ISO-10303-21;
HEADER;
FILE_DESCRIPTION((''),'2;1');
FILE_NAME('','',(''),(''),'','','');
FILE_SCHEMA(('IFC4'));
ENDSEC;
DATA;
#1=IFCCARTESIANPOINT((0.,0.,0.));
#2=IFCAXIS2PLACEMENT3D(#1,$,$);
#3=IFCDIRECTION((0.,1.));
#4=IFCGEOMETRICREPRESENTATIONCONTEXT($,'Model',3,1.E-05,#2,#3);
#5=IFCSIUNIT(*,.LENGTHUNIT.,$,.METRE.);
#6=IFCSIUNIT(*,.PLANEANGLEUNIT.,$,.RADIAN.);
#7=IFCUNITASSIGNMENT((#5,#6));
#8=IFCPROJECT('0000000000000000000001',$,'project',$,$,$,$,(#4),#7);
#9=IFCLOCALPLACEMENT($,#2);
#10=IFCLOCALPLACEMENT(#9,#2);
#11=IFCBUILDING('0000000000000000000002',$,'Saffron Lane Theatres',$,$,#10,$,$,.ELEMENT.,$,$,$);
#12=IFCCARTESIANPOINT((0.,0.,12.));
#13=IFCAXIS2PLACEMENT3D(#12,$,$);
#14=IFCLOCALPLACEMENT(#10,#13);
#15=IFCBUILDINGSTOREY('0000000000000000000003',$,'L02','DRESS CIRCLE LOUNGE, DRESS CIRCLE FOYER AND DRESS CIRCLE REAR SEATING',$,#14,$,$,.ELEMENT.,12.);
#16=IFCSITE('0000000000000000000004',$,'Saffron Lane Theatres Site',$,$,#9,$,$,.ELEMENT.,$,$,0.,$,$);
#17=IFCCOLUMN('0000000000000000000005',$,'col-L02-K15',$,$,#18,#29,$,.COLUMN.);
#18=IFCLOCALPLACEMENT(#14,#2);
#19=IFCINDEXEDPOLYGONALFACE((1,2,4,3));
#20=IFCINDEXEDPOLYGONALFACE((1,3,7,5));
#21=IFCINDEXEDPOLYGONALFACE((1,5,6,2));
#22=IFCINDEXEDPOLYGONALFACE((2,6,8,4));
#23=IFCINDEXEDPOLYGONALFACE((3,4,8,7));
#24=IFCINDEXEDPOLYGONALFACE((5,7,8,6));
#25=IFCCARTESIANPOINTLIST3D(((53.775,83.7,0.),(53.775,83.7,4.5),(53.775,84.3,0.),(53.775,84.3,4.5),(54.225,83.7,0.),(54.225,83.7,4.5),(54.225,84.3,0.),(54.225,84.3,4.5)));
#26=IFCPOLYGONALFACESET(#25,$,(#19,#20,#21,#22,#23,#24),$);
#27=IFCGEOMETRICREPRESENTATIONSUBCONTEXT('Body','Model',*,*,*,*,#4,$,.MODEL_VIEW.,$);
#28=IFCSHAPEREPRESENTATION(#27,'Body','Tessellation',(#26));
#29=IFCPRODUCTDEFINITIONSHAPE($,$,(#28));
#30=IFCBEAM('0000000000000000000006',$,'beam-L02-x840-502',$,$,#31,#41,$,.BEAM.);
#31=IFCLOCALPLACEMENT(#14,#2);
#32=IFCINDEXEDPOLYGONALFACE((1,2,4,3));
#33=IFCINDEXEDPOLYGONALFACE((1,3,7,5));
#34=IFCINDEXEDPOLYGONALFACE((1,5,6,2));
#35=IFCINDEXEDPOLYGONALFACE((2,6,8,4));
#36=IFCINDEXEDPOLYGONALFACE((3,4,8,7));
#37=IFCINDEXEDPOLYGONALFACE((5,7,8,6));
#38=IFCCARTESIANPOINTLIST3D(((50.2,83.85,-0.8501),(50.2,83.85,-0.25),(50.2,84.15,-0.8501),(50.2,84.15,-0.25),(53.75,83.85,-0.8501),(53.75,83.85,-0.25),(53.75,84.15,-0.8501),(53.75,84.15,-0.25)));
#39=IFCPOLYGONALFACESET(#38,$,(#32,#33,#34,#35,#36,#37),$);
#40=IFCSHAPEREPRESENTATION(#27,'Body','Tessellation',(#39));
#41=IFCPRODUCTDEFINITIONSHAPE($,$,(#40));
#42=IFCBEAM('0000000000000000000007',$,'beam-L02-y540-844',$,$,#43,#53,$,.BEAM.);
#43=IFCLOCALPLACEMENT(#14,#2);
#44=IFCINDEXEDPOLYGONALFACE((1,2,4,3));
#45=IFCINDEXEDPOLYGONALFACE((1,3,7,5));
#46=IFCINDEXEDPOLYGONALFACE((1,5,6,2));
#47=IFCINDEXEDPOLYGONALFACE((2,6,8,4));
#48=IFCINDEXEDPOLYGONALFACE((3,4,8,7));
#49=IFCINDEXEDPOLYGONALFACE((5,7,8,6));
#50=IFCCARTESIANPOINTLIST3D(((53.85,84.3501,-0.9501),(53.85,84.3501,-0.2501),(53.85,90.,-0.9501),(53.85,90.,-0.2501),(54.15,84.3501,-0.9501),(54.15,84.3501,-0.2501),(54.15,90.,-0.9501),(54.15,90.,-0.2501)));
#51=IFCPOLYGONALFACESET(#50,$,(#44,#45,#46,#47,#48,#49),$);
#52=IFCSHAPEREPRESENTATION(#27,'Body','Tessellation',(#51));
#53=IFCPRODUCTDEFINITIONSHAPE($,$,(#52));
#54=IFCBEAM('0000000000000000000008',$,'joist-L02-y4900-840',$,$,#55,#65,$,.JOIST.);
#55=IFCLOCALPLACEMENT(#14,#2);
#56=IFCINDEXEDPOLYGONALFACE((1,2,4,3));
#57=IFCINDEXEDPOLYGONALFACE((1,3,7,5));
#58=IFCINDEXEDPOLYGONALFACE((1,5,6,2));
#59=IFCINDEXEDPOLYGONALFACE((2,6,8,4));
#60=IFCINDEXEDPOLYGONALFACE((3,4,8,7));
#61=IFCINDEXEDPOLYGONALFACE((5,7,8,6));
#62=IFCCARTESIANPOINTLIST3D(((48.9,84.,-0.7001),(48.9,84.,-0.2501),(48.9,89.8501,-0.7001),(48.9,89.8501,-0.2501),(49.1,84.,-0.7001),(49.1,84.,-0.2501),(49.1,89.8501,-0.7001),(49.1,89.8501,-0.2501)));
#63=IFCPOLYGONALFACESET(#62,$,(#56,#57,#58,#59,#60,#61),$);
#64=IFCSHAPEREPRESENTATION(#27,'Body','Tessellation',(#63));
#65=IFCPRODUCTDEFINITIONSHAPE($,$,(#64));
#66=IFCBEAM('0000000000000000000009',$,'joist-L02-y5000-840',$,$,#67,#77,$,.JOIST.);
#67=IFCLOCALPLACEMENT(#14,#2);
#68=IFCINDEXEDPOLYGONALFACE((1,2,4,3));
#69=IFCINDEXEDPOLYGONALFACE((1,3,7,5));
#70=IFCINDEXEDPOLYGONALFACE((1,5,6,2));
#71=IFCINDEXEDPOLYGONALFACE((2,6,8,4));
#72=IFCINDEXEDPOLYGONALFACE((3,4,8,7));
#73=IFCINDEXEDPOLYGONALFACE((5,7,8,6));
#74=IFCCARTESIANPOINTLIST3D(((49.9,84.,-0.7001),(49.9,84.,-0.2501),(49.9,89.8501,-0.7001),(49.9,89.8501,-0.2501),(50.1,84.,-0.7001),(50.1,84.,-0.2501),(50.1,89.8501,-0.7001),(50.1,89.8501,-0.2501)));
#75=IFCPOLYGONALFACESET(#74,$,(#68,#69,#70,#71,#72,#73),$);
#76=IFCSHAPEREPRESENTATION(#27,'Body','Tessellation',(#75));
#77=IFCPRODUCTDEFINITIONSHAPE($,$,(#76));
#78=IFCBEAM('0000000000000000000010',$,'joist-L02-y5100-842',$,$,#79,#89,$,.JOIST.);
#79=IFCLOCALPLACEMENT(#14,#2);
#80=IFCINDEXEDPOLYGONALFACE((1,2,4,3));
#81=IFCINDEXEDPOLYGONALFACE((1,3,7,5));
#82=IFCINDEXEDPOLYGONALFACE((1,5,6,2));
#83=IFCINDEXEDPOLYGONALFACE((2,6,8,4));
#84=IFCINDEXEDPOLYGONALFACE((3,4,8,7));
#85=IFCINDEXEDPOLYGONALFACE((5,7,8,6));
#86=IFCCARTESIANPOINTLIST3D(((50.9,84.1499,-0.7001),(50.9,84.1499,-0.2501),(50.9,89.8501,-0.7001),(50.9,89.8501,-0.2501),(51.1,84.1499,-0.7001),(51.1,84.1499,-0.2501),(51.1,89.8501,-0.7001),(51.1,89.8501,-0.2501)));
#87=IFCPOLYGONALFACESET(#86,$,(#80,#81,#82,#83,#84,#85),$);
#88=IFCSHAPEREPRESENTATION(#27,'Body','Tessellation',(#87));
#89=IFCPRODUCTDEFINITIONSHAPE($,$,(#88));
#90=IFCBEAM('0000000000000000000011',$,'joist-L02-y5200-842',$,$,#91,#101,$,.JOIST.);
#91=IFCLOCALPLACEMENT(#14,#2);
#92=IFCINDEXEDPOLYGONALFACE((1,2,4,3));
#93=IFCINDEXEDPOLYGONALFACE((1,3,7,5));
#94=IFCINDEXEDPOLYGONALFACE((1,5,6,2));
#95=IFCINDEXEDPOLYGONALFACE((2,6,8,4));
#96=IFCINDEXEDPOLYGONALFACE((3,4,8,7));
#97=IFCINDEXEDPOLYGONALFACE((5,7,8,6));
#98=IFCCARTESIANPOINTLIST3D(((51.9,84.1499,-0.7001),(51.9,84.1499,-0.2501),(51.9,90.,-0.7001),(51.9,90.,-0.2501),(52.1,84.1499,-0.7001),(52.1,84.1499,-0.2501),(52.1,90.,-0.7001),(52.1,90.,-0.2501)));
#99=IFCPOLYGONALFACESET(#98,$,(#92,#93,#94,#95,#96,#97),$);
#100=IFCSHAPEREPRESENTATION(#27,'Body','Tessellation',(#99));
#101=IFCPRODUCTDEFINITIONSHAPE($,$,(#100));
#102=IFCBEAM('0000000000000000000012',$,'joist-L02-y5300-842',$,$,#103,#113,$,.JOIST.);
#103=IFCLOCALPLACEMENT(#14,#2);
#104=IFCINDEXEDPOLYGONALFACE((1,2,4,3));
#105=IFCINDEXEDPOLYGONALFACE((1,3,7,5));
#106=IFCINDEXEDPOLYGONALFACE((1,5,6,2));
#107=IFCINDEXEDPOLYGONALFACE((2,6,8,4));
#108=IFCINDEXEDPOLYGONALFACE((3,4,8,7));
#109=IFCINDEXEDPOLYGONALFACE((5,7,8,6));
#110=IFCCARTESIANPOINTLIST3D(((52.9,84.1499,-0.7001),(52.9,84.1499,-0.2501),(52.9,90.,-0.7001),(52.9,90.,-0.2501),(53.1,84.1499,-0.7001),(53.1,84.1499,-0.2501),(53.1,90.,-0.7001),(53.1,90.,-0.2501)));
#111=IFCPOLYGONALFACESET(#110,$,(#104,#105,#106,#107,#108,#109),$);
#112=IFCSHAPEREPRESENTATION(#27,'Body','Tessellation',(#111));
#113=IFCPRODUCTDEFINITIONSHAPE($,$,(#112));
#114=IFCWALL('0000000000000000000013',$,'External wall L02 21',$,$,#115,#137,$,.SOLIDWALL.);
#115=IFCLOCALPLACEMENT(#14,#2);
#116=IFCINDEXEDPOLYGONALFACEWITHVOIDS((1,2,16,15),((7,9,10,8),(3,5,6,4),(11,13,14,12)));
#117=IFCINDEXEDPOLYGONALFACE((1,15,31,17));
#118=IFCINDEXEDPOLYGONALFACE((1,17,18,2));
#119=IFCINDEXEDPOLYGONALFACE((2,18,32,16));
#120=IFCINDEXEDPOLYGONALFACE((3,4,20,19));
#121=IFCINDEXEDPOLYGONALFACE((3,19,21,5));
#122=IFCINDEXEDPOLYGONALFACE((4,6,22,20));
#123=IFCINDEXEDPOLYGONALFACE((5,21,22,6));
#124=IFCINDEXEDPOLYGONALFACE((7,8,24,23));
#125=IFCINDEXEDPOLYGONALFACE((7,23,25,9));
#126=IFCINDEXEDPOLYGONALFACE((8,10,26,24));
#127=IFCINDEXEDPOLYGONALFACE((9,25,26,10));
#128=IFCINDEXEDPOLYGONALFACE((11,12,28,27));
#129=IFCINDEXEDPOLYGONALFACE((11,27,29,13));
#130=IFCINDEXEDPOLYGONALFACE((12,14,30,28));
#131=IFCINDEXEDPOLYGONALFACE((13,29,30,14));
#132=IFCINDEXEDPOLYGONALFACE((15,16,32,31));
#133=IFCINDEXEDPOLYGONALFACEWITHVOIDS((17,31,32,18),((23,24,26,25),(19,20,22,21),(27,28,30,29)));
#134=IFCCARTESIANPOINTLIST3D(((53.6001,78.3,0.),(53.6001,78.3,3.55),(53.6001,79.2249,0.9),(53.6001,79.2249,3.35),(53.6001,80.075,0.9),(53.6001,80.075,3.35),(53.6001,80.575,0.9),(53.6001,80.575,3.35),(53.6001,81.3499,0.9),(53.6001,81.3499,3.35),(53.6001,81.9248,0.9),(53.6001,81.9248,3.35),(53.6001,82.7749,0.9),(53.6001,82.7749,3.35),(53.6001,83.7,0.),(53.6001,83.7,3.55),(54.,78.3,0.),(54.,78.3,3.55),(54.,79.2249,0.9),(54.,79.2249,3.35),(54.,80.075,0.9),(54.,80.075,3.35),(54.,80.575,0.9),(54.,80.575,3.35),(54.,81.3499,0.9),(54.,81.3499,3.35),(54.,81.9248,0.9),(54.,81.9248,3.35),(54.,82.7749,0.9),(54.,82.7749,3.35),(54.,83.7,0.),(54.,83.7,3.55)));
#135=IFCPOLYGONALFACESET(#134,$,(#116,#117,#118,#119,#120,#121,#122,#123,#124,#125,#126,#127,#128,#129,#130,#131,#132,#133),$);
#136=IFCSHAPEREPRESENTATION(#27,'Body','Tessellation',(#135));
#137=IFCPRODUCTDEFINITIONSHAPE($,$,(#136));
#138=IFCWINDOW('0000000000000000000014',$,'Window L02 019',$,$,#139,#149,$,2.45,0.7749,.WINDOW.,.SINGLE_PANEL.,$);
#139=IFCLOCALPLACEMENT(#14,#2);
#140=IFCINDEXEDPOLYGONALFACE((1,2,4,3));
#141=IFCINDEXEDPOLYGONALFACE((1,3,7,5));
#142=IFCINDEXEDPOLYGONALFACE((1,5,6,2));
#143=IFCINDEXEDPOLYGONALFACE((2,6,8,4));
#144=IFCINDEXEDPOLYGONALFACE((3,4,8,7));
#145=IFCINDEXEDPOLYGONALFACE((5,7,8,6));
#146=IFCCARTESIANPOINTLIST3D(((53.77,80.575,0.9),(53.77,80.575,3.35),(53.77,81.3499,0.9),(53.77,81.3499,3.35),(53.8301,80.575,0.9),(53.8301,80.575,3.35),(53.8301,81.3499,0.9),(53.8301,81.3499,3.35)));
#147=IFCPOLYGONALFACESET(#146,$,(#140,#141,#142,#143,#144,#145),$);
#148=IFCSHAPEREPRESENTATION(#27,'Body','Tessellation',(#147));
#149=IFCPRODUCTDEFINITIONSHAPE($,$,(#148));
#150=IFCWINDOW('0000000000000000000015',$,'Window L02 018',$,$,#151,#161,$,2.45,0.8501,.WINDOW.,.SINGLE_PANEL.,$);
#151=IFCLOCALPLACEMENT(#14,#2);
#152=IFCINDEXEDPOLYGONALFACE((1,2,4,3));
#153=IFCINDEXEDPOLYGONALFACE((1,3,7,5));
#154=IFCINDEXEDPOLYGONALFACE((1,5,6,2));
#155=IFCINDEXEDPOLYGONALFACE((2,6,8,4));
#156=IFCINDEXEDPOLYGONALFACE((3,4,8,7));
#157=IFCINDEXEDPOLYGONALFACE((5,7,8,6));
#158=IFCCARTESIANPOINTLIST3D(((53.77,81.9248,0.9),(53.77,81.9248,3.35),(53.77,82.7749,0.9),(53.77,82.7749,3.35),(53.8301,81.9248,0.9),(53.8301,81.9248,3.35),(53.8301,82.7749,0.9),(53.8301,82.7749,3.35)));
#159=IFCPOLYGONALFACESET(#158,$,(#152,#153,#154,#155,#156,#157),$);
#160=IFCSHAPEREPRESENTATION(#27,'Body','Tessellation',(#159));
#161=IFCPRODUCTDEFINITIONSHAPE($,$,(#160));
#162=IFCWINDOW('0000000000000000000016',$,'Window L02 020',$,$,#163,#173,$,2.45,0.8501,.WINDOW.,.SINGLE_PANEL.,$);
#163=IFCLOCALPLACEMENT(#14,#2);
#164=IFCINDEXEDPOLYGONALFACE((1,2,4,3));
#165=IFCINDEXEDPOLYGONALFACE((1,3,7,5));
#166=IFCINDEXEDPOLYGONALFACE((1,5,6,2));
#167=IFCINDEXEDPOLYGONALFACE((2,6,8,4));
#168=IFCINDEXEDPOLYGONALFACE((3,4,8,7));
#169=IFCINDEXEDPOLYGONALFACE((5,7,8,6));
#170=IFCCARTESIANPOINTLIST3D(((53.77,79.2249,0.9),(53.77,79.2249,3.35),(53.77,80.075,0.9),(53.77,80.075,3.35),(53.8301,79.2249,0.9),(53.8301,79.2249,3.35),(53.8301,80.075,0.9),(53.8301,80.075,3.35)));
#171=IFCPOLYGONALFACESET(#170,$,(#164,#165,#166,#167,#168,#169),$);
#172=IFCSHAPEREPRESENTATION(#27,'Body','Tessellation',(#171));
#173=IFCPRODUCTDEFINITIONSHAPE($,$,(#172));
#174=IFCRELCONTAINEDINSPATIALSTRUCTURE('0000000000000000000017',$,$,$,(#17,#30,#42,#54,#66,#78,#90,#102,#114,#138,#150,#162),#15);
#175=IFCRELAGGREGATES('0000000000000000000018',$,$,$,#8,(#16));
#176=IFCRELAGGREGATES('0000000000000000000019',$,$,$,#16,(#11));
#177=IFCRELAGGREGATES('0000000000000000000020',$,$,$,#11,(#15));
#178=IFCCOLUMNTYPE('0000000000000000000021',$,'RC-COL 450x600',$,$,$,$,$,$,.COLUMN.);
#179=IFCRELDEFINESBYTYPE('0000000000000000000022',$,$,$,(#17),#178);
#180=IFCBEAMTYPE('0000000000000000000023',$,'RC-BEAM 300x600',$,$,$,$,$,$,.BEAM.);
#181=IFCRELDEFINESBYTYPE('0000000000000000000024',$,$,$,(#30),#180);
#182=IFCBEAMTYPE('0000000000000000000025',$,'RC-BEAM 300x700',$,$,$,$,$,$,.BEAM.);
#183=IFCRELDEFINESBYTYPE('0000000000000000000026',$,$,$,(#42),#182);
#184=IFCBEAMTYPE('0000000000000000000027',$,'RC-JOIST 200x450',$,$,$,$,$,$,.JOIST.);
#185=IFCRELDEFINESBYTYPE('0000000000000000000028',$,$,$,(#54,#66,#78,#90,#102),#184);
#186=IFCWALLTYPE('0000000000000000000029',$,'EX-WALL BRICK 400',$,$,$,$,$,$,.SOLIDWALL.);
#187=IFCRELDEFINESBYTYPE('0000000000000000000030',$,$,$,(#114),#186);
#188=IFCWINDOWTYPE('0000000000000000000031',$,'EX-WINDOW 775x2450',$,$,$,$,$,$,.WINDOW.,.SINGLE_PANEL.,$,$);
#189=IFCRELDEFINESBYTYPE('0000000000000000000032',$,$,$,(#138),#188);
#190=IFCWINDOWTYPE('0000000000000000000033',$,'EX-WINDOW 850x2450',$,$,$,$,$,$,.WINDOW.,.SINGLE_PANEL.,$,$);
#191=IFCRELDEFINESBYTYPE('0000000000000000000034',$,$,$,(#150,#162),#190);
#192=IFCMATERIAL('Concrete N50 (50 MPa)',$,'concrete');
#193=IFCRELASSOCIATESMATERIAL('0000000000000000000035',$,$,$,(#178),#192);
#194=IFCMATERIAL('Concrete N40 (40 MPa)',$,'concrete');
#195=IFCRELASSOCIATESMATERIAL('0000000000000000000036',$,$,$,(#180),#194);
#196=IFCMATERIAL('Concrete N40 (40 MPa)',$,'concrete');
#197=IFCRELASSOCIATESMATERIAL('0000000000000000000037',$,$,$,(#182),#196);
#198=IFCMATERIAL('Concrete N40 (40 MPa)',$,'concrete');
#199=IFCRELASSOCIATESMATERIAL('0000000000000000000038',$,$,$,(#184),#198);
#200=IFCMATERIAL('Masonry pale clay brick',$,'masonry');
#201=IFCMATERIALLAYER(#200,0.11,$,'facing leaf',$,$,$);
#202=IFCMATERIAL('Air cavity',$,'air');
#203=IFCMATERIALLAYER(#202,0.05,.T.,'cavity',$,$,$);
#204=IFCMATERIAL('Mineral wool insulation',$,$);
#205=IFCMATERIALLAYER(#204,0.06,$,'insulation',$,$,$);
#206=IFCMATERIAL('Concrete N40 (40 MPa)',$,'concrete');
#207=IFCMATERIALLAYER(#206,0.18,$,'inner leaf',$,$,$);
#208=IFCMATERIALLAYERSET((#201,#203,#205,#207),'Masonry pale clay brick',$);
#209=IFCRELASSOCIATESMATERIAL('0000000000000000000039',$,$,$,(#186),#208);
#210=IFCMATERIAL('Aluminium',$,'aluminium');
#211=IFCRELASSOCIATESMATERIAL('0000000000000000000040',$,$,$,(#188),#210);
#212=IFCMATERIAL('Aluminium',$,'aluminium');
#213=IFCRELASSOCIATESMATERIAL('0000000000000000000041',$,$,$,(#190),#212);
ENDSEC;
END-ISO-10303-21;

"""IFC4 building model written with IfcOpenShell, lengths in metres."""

from ifc_helpers import new_model, si_unit, direction, frame, frame_2d, origin, origin_2d, place, context, subcontext, project, spatial, rectangle, extrude, material, layer, layer_set, material_profile, profile_set, type_object, element, fill, save


model = new_model("IFC4")

# Units and contexts
model_context = context("Model", 3, precision=1e-05, world=origin(), true_north=direction((0.0, 1.0)))
body_context = subcontext(model_context, "Body", "Model", "MODEL_VIEW")
ifc_project = project(units=[si_unit("LENGTHUNIT", "METRE"), si_unit("PLANEANGLEUNIT", "RADIAN")], contexts=[model_context])

# Site, building, storey
site_placement = place(None, origin())
site = spatial("IfcSite", under=ifc_project, at=site_placement, Name="Saffron Lane Theatres Site", CompositionType="ELEMENT", RefElevation=0.0)
building_placement = place(site_placement, origin())
building = spatial("IfcBuilding", under=site, at=building_placement, Name="Saffron Lane Theatres", CompositionType="ELEMENT")
storey_placement = place(building_placement, frame((0.0, 0.0, 12.0)))
storey = spatial("IfcBuildingStorey", under=building, at=storey_placement, Name="L02", Description="DRESS CIRCLE LOUNGE, DRESS CIRCLE FOYER AND DRESS CIRCLE REAR SEATING", CompositionType="ELEMENT", Elevation=12.0)

# Column
ifc_material_1 = material(Name="Concrete N50 (50 MPa)", Category="concrete")
ifc_material_profile_1 = material_profile(ifc_material_1, rectangle(XDim=0.45, YDim=0.6001, at=origin_2d()))
ifc_profile_set_1 = profile_set([ifc_material_profile_1], Name="Concrete N50 (50 MPa)")
column_type = type_object("IfcColumnType", Name="RC-COL 450x600", PredefinedType="COLUMN", material=ifc_profile_set_1)
column_placement = place(storey_placement, frame((54.0, 84.0, 0.0), z_axis=(0.0, 0.0, 1.0), x_axis=(1.0, 0.0, 0.0)))
element("IfcColumn", 1, at=column_placement, inside=storey, type_object=column_type, Name="col-L02-K15", PredefinedType="COLUMN", context=body_context, shape_type="SweptSolid", body=[
    extrude(rectangle(XDim=0.45, YDim=0.6001, at=origin_2d()), origin(), (0.0, 0.0, 1.0), 4.5),
])

# Beams
ifc_material_2 = material(Name="Concrete N40 (40 MPa)", Category="concrete")
ifc_material_profile_2 = material_profile(ifc_material_2, rectangle(XDim=0.3, YDim=0.6001, at=origin_2d()))
ifc_profile_set_2 = profile_set([ifc_material_profile_2], Name="Concrete N40 (40 MPa)")
beam_type_1 = type_object("IfcBeamType", Name="RC-BEAM 300x600", PredefinedType="BEAM", material=ifc_profile_set_2)
beam_1_placement = place(storey_placement, frame((50.2, 84.0, -0.55), z_axis=(1.0, 0.0, 0.0), x_axis=(0.0, 1.0, 0.0)))
element("IfcBeam", 2, at=beam_1_placement, inside=storey, type_object=beam_type_1, Name="beam-L02-x840-502", PredefinedType="BEAM", context=body_context, shape_type="SweptSolid", body=[
    extrude(rectangle(XDim=0.3, YDim=0.6001, at=origin_2d()), origin(), (0.0, 0.0, 1.0), 3.55),
])
ifc_material_3 = material(Name="Concrete N40 (40 MPa)", Category="concrete")
ifc_material_profile_3 = material_profile(ifc_material_3, rectangle(XDim=0.3, YDim=0.7, at=origin_2d()))
ifc_profile_set_3 = profile_set([ifc_material_profile_3], Name="Concrete N40 (40 MPa)")
beam_type_2 = type_object("IfcBeamType", Name="RC-BEAM 300x700", PredefinedType="BEAM", material=ifc_profile_set_3)
beam_2_placement = place(storey_placement, frame((54.0, 84.3501, -0.6001), z_axis=(0.0, 1.0, 0.0), x_axis=(-1.0, 0.0, 0.0)))
element("IfcBeam", 3, at=beam_2_placement, inside=storey, type_object=beam_type_2, Name="beam-L02-y540-844", PredefinedType="BEAM", context=body_context, shape_type="SweptSolid", body=[
    extrude(rectangle(XDim=0.3, YDim=0.7, at=origin_2d()), origin(), (0.0, 0.0, 1.0), 5.6499),
])
ifc_material_4 = material(Name="Concrete N40 (40 MPa)", Category="concrete")
ifc_material_profile_4 = material_profile(ifc_material_4, rectangle(XDim=0.2, YDim=0.45, at=origin_2d()))
ifc_profile_set_4 = profile_set([ifc_material_profile_4], Name="Concrete N40 (40 MPa)")
beam_type_3 = type_object("IfcBeamType", Name="RC-JOIST 200x450", PredefinedType="JOIST", material=ifc_profile_set_4)
for number, where, z_axis, x_axis, name in (
    (4, (49.0, 84.0, -0.4751), (0.0, 1.0, 0.0), (-1.0, 0.0, 0.0), "joist-L02-y4900-840"),
    (5, (50.0, 84.0, -0.4751), (0.0, 1.0, 0.0), (-1.0, 0.0, 0.0), "joist-L02-y5000-840"),
):
    element("IfcBeam", number, at=place(storey_placement, frame(where, z_axis=z_axis, x_axis=x_axis)), inside=storey, type_object=beam_type_3, Name=name, PredefinedType="JOIST", context=body_context, shape_type="SweptSolid", body=[
        extrude(rectangle(XDim=0.2, YDim=0.45, at=origin_2d()), origin(), (0.0, 0.0, 1.0), 5.8501),
    ])
beam_3_placement = place(storey_placement, frame((51.0, 84.1499, -0.4751), z_axis=(0.0, 1.0, 0.0), x_axis=(-1.0, 0.0, 0.0)))
element("IfcBeam", 6, at=beam_3_placement, inside=storey, type_object=beam_type_3, Name="joist-L02-y5100-842", PredefinedType="JOIST", context=body_context, shape_type="SweptSolid", body=[
    extrude(rectangle(XDim=0.2, YDim=0.45, at=origin_2d()), origin(), (0.0, 0.0, 1.0), 5.7002),
])
for number, where, z_axis, x_axis, name in (
    (7, (52.0, 84.1499, -0.4751), (0.0, 1.0, 0.0), (-1.0, 0.0, 0.0), "joist-L02-y5200-842"),
    (8, (53.0, 84.1499, -0.4751), (0.0, 1.0, 0.0), (-1.0, 0.0, 0.0), "joist-L02-y5300-842"),
):
    element("IfcBeam", number, at=place(storey_placement, frame(where, z_axis=z_axis, x_axis=x_axis)), inside=storey, type_object=beam_type_3, Name=name, PredefinedType="JOIST", context=body_context, shape_type="SweptSolid", body=[
        extrude(rectangle(XDim=0.2, YDim=0.45, at=origin_2d()), origin(), (0.0, 0.0, 1.0), 5.8501),
    ])

# Wall, openings, windows
ifc_material_5 = material(Name="Masonry pale clay brick", Category="masonry")
ifc_layer_1 = layer(ifc_material_5, 0.11, Name="facing leaf")
ifc_material_6 = material(Name="Air cavity", Category="air")
ifc_layer_2 = layer(ifc_material_6, 0.05, ventilated=True, Name="cavity")
ifc_material_7 = material(Name="Mineral wool insulation")
ifc_layer_3 = layer(ifc_material_7, 0.06, Name="insulation")
ifc_material_8 = material(Name="Concrete N40 (40 MPa)", Category="concrete")
ifc_layer_4 = layer(ifc_material_8, 0.18, Name="inner leaf")
ifc_layer_set_1 = layer_set([ifc_layer_1, ifc_layer_2, ifc_layer_3, ifc_layer_4], Name="Masonry pale clay brick")
wall_type_1 = type_object("IfcWallType", Name="EX-WALL BRICK 400", PredefinedType="SOLIDWALL", material=ifc_layer_set_1)
wall_1_placement = place(storey_placement, frame((53.8, 83.7, 0.0), z_axis=(0.0, 0.0, 1.0), x_axis=(0.0, -1.0, 0.0)))
wall_1 = element("IfcWall", 9, at=wall_1_placement, inside=storey, type_object=wall_type_1, Name="External wall L02 21", PredefinedType="SOLIDWALL", context=body_context, shape_type="SweptSolid", body=[
    extrude(rectangle(XDim=5.3999, YDim=0.3999, at=frame_2d((2.7, 0.0))), origin(), (0.0, 0.0, 1.0), 3.55),
])
opening_1_placement = place(wall_1_placement, frame((0.925, 0.0, 0.8999)))
opening_1 = element("IfcOpeningElement", 10, at=opening_1_placement, cuts=wall_1, PredefinedType="OPENING", context=body_context, shape_type="SweptSolid", body=[
    extrude(rectangle(XDim=0.8501, YDim=2.45, at=frame_2d((0.425, 1.2251))), frame((0.0, 0.21, 0.0), z_axis=(0.0, -1.0, 0.0), x_axis=(1.0, 0.0, 0.0)), (0.0, 0.0, 1.0), 0.4199),
])
opening_2_placement = place(wall_1_placement, frame((2.3501, 0.0, 0.8999)))
opening_2 = element("IfcOpeningElement", 11, at=opening_2_placement, cuts=wall_1, PredefinedType="OPENING", context=body_context, shape_type="SweptSolid", body=[
    extrude(rectangle(XDim=0.7749, YDim=2.45, at=frame_2d((0.3875, 1.2251))), frame((0.0, 0.21, 0.0), z_axis=(0.0, -1.0, 0.0), x_axis=(1.0, 0.0, 0.0)), (0.0, 0.0, 1.0), 0.4199),
])
opening_3_placement = place(wall_1_placement, frame((3.625, 0.0, 0.8999)))
opening_3 = element("IfcOpeningElement", 12, at=opening_3_placement, cuts=wall_1, PredefinedType="OPENING", context=body_context, shape_type="SweptSolid", body=[
    extrude(rectangle(XDim=0.8501, YDim=2.45, at=frame_2d((0.425, 1.2251))), frame((0.0, 0.21, 0.0), z_axis=(0.0, -1.0, 0.0), x_axis=(1.0, 0.0, 0.0)), (0.0, 0.0, 1.0), 0.4199),
])
ifc_material_9 = material(Name="Aluminium", Category="aluminium")
window_type_1 = type_object("IfcWindowType", Name="EX-WINDOW 775x2450", PartitioningType="SINGLE_PANEL", PredefinedType="WINDOW", material=ifc_material_9)
window_1_placement = place(opening_2_placement, origin())
window_1 = element("IfcWindow", 13, at=window_1_placement, inside=storey, type_object=window_type_1, Name="Window L02 019", OverallHeight=2.45, OverallWidth=0.7749, PartitioningType="SINGLE_PANEL", PredefinedType="WINDOW", context=body_context, shape_type="SweptSolid", body=[
    extrude(rectangle(XDim=0.7749, YDim=2.45, at=frame_2d((0.3875, 1.2251))), frame((0.0, 0.03, 0.0), z_axis=(0.0, -1.0, 0.0), x_axis=(1.0, 0.0, 0.0)), (0.0, 0.0, 1.0), 0.0601),
])
fill(opening_2, window_1)
ifc_material_10 = material(Name="Aluminium", Category="aluminium")
window_type_2 = type_object("IfcWindowType", Name="EX-WINDOW 850x2450", PartitioningType="SINGLE_PANEL", PredefinedType="WINDOW", material=ifc_material_10)
window_2_placement = place(opening_1_placement, origin())
window_2 = element("IfcWindow", 14, at=window_2_placement, inside=storey, type_object=window_type_2, Name="Window L02 018", OverallHeight=2.45, OverallWidth=0.8501, PartitioningType="SINGLE_PANEL", PredefinedType="WINDOW", context=body_context, shape_type="SweptSolid", body=[
    extrude(rectangle(XDim=0.8501, YDim=2.45, at=frame_2d((0.425, 1.2251))), frame((0.0, 0.03, 0.0), z_axis=(0.0, -1.0, 0.0), x_axis=(1.0, 0.0, 0.0)), (0.0, 0.0, 1.0), 0.0601),
])
fill(opening_1, window_2)
window_3_placement = place(opening_3_placement, origin())
window_3 = element("IfcWindow", 15, at=window_3_placement, inside=storey, type_object=window_type_2, Name="Window L02 020", OverallHeight=2.45, OverallWidth=0.8501, PartitioningType="SINGLE_PANEL", PredefinedType="WINDOW", context=body_context, shape_type="SweptSolid", body=[
    extrude(rectangle(XDim=0.8501, YDim=2.45, at=frame_2d((0.425, 1.2251))), frame((0.0, 0.03, 0.0), z_axis=(0.0, -1.0, 0.0), x_axis=(1.0, 0.0, 0.0)), (0.0, 0.0, 1.0), 0.0601),
])
fill(opening_3, window_3)

save(model, "model.ifc")
